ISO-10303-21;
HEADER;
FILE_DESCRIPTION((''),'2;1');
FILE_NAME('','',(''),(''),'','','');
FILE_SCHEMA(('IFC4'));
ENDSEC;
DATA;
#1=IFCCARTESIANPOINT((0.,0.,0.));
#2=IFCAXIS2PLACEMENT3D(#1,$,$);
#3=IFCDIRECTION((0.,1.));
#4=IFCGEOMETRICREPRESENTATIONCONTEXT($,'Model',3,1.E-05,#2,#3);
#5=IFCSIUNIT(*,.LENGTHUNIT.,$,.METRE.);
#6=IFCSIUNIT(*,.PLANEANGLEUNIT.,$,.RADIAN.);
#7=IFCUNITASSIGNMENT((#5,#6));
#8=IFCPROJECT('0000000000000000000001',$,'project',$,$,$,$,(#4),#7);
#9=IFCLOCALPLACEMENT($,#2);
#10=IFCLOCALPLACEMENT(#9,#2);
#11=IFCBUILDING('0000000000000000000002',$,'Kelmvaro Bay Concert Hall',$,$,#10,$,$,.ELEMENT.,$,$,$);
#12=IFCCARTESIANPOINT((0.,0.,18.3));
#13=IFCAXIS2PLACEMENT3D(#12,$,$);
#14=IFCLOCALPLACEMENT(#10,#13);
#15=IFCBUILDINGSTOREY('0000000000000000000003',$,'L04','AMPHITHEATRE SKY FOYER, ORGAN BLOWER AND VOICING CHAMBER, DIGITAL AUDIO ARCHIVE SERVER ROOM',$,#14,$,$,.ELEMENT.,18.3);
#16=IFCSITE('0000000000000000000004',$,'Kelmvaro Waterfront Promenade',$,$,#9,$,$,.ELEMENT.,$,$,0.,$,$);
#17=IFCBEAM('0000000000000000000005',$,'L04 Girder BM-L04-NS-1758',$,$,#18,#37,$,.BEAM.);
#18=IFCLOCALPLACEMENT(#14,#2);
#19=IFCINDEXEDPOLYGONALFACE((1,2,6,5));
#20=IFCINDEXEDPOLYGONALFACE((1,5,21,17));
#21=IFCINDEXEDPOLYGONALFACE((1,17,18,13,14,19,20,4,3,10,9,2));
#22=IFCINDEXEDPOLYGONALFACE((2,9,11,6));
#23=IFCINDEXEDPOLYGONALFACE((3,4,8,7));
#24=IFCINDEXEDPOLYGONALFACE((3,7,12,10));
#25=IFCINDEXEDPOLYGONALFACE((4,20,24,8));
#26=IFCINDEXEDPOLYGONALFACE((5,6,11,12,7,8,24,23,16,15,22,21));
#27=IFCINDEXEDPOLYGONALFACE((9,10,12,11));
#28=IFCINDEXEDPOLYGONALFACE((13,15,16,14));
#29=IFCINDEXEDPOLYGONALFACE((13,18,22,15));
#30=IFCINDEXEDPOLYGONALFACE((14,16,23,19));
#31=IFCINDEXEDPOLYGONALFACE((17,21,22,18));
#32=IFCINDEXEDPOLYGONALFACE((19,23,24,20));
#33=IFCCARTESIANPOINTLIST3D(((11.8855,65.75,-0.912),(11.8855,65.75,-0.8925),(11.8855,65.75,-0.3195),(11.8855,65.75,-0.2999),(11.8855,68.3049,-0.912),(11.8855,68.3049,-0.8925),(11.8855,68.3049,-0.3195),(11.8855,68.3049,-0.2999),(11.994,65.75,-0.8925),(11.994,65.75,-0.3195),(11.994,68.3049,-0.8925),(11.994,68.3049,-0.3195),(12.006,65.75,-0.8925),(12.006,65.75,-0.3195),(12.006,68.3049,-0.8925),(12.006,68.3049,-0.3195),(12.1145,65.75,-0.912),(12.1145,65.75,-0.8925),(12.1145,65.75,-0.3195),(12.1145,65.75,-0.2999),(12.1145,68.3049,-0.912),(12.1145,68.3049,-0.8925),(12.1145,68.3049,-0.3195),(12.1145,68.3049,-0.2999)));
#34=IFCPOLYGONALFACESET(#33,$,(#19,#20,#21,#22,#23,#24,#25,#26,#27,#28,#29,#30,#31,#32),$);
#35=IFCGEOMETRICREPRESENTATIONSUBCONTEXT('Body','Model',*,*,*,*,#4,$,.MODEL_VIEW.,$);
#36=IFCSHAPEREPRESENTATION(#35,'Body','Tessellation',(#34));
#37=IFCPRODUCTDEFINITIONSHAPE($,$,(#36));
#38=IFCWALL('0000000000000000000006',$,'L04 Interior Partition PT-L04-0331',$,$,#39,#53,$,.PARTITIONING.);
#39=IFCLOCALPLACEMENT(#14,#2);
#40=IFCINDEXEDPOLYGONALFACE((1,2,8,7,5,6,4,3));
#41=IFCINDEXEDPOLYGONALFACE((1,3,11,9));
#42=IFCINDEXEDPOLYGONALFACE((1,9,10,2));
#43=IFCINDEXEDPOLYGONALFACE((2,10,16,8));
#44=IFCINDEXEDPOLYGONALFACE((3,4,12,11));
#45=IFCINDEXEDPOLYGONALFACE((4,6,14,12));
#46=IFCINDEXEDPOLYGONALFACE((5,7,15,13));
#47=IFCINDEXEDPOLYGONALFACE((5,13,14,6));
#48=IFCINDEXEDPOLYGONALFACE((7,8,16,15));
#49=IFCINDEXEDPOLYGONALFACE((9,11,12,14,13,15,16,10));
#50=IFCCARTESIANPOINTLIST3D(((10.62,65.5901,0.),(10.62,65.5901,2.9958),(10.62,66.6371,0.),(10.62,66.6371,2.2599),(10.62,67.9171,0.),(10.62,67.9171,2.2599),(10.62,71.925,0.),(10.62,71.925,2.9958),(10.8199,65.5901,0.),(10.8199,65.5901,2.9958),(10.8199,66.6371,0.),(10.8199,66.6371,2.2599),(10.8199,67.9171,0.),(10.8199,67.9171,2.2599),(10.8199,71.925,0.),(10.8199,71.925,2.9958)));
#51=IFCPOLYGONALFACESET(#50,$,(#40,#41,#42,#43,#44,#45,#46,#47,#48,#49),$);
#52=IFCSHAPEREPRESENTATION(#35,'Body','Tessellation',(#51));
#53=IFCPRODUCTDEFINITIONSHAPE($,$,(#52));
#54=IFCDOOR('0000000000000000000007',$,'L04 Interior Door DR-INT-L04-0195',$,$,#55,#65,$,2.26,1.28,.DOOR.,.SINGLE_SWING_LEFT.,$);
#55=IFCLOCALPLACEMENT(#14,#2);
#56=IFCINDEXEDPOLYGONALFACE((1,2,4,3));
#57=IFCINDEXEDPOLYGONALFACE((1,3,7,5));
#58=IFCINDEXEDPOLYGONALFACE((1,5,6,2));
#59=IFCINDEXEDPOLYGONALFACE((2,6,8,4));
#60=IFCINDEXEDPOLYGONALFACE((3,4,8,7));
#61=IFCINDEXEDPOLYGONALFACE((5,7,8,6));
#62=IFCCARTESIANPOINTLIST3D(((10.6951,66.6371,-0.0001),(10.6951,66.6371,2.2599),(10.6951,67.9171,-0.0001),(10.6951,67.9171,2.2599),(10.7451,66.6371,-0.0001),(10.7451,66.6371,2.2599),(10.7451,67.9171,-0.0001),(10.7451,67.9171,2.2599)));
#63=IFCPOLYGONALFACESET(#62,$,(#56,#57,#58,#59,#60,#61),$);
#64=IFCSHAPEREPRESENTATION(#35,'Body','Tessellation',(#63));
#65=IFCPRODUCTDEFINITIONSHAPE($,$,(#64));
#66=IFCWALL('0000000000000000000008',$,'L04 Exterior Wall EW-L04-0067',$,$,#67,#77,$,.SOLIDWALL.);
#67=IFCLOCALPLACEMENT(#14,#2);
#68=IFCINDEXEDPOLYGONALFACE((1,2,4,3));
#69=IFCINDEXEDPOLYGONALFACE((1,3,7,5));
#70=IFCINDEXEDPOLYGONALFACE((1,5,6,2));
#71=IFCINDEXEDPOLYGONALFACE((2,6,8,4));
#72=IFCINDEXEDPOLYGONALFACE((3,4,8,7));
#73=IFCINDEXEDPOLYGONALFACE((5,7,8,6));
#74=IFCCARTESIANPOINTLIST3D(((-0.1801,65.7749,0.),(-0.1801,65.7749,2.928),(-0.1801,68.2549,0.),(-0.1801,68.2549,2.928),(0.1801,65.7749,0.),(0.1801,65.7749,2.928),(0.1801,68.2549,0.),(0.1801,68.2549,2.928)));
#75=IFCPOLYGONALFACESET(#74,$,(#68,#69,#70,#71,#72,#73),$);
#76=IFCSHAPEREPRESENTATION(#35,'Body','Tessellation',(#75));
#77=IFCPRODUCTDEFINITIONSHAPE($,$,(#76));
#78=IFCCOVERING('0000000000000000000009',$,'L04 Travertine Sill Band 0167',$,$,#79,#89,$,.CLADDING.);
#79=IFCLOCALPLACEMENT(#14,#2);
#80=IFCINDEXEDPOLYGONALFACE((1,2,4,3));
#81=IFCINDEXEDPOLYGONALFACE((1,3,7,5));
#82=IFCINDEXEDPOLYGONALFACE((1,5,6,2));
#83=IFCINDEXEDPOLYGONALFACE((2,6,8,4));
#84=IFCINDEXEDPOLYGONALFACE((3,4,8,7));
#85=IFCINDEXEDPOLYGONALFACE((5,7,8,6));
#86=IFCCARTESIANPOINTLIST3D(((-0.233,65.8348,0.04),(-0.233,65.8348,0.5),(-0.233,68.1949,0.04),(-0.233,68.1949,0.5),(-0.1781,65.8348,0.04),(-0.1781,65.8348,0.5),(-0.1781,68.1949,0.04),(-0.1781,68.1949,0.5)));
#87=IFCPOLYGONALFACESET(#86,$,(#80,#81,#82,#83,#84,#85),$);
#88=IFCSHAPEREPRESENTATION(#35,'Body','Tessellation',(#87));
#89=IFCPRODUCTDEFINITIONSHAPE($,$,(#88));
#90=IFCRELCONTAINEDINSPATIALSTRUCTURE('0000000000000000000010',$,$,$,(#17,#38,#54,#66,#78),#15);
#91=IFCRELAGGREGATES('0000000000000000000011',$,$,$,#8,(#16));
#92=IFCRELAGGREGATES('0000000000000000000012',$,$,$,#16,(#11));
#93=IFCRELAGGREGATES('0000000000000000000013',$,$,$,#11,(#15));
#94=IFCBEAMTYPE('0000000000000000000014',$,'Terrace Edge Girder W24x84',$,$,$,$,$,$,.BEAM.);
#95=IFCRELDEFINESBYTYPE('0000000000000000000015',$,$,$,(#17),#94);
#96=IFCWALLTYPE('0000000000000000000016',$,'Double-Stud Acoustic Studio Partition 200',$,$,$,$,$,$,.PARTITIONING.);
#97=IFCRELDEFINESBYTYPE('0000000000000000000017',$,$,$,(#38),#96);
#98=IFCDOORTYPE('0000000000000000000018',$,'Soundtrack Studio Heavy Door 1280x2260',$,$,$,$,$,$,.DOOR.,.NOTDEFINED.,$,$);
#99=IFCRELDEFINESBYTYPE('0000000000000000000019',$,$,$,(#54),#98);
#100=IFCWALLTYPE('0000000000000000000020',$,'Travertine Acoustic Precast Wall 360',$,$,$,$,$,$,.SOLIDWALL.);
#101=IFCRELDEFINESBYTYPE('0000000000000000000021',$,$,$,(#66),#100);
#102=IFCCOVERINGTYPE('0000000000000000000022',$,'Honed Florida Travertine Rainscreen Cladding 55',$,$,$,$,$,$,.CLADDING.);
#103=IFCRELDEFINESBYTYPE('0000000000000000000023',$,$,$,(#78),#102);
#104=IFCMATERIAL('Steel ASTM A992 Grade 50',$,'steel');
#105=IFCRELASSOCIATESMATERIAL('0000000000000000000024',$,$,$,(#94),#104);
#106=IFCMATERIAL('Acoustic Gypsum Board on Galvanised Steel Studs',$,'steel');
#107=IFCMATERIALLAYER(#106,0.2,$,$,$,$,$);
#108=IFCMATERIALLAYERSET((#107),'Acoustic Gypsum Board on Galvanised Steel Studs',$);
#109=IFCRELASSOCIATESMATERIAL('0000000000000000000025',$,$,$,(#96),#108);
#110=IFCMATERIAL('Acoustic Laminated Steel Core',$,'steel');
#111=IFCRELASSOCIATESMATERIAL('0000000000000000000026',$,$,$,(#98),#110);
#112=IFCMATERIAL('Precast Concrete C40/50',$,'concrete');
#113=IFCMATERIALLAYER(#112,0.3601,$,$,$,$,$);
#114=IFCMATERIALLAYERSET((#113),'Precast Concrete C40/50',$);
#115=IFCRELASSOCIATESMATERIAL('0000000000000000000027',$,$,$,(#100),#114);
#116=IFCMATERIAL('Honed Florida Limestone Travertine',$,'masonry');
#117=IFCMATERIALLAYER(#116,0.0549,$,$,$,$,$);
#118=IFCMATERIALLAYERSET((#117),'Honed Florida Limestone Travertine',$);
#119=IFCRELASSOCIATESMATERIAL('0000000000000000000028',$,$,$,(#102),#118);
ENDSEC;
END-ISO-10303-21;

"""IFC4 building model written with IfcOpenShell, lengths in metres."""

from ifc_helpers import new_model, si_unit, direction, frame, frame_2d, origin, origin_2d, place, context, subcontext, project, spatial, rectangle, i_section, extrude, material, layer, layer_set, material_profile, profile_set, type_object, element, fill, save


model = new_model("IFC4")

# Units and contexts
model_context = context("Model", 3, precision=1e-05, world=origin(), true_north=direction((0.0, 1.0)))
body_context = subcontext(model_context, "Body", "Model", "MODEL_VIEW")
ifc_project = project(units=[si_unit("LENGTHUNIT", "METRE"), si_unit("PLANEANGLEUNIT", "RADIAN")], contexts=[model_context])

# Site, building, storey
site_placement = place(None, origin())
site = spatial("IfcSite", under=ifc_project, at=site_placement, Name="Kelmvaro Waterfront Promenade", CompositionType="ELEMENT", RefElevation=0.0)
building_placement = place(site_placement, origin())
building = spatial("IfcBuilding", under=site, at=building_placement, Name="Kelmvaro Bay Concert Hall", CompositionType="ELEMENT")
storey_placement = place(building_placement, frame((0.0, 0.0, 18.3)))
storey = spatial("IfcBuildingStorey", under=building, at=storey_placement, Name="L04", Description="AMPHITHEATRE SKY FOYER, ORGAN BLOWER AND VOICING CHAMBER, DIGITAL AUDIO ARCHIVE SERVER ROOM", CompositionType="ELEMENT", Elevation=18.3)

# Beam
ifc_material_1 = material(Name="Steel ASTM A992 Grade 50", Category="steel")
ifc_material_profile_1 = material_profile(ifc_material_1, i_section(OverallWidth=0.229, OverallDepth=0.6121, WebThickness=0.012, FlangeThickness=0.0195, at=origin_2d()), Name="W24X84")
ifc_profile_set_1 = profile_set([ifc_material_profile_1], Name="Steel ASTM A992 Grade 50")
beam_type_1 = type_object("IfcBeamType", Name="Terrace Edge Girder W24x84", PredefinedType="BEAM", material=ifc_profile_set_1)
beam_1_placement = place(storey_placement, frame((12.0, 65.75, -0.606), z_axis=(0.0, 1.0, 0.0), x_axis=(-1.0, 0.0, 0.0)))
element("IfcBeam", 1, at=beam_1_placement, inside=storey, type_object=beam_type_1, Name="L04 Girder BM-L04-NS-1758", PredefinedType="BEAM", context=body_context, shape_type="SweptSolid", body=[
    extrude(i_section(OverallWidth=0.229, OverallDepth=0.6121, WebThickness=0.012, FlangeThickness=0.0195, at=origin_2d()), origin(), (0.0, 0.0, 1.0), 2.5549),
])

# Wall, opening, door
ifc_material_2 = material(Name="Acoustic Gypsum Board on Galvanised Steel Studs", Category="steel")
ifc_layer_1 = layer(ifc_material_2, 0.2)
ifc_layer_set_1 = layer_set([ifc_layer_1], Name="Acoustic Gypsum Board on Galvanised Steel Studs")
wall_type_1 = type_object("IfcWallType", Name="Double-Stud Acoustic Studio Partition 200", PredefinedType="PARTITIONING", material=ifc_layer_set_1)
wall_1_placement = place(storey_placement, frame((10.72, 65.5901, 0.0), z_axis=(0.0, 0.0, 1.0), x_axis=(0.0, 1.0, 0.0)))
wall_1 = element("IfcWall", 2, at=wall_1_placement, inside=storey, type_object=wall_type_1, Name="L04 Interior Partition PT-L04-0331", PredefinedType="PARTITIONING", context=body_context, shape_type="SweptSolid", body=[
    extrude(rectangle(XDim=6.335, YDim=0.2, at=frame_2d((3.1675, 0.0))), origin(), (0.0, 0.0, 1.0), 2.9958),
])
opening_placement = place(wall_1_placement, frame((1.0469, 0.0, 0.0)))
opening = element("IfcOpeningElement", 3, at=opening_placement, cuts=wall_1, PredefinedType="OPENING", context=body_context, shape_type="SweptSolid", body=[
    extrude(rectangle(XDim=1.28, YDim=2.26, at=frame_2d((0.6401, 1.1299))), frame((0.0, 0.1099, 0.0), z_axis=(0.0, -1.0, 0.0), x_axis=(1.0, 0.0, 0.0)), (0.0, 0.0, 1.0), 0.22),
])
ifc_material_3 = material(Name="Acoustic Laminated Steel Core", Category="steel")
door_type = type_object("IfcDoorType", Name="Soundtrack Studio Heavy Door 1280x2260", OperationType="NOTDEFINED", PredefinedType="DOOR", material=ifc_material_3)
door_placement = place(opening_placement, origin())
door = element("IfcDoor", 4, at=door_placement, inside=storey, type_object=door_type, Name="L04 Interior Door DR-INT-L04-0195", OperationType="SINGLE_SWING_LEFT", OverallHeight=2.26, OverallWidth=1.28, PredefinedType="DOOR", context=body_context, shape_type="SweptSolid", body=[
    extrude(rectangle(XDim=1.28, YDim=2.26, at=frame_2d((0.6401, 1.1299))), frame((0.0, 0.0249, 0.0), z_axis=(0.0, -1.0, 0.0), x_axis=(1.0, 0.0, 0.0)), (0.0, 0.0, 1.0), 0.05),
])
fill(opening, door)

# Wall
ifc_material_4 = material(Name="Precast Concrete C40/50", Category="concrete")
ifc_layer_2 = layer(ifc_material_4, 0.3601)
ifc_layer_set_2 = layer_set([ifc_layer_2], Name="Precast Concrete C40/50")
wall_type_2 = type_object("IfcWallType", Name="Travertine Acoustic Precast Wall 360", PredefinedType="SOLIDWALL", material=ifc_layer_set_2)
wall_2_placement = place(storey_placement, frame((0.0, 65.7749, 0.0), z_axis=(0.0, 0.0, 1.0), x_axis=(0.0, 1.0, 0.0)))
element("IfcWall", 5, at=wall_2_placement, inside=storey, type_object=wall_type_2, Name="L04 Exterior Wall EW-L04-0067", PredefinedType="SOLIDWALL", context=body_context, shape_type="SweptSolid", body=[
    extrude(rectangle(XDim=2.48, YDim=0.3601, at=frame_2d((1.24, 0.0))), origin(), (0.0, 0.0, 1.0), 2.928),
])

# Covering
ifc_material_5 = material(Name="Honed Florida Limestone Travertine", Category="masonry")
ifc_layer_3 = layer(ifc_material_5, 0.0549)
ifc_layer_set_3 = layer_set([ifc_layer_3], Name="Honed Florida Limestone Travertine")
covering_type = type_object("IfcCoveringType", Name="Honed Florida Travertine Rainscreen Cladding 55", PredefinedType="CLADDING", material=ifc_layer_set_3)
covering_placement = place(storey_placement, frame((-0.2056, 67.0149, 0.04), z_axis=(0.0, 0.0, 1.0), x_axis=(0.0, 1.0, 0.0)))
element("IfcCovering", 6, at=covering_placement, inside=storey, type_object=covering_type, Name="L04 Travertine Sill Band 0167", PredefinedType="CLADDING", context=body_context, shape_type="SweptSolid", body=[
    extrude(rectangle(XDim=2.3601, YDim=0.0549, at=origin_2d()), origin(), (0.0, 0.0, 1.0), 0.46),
])

save(model, "model.ifc")
